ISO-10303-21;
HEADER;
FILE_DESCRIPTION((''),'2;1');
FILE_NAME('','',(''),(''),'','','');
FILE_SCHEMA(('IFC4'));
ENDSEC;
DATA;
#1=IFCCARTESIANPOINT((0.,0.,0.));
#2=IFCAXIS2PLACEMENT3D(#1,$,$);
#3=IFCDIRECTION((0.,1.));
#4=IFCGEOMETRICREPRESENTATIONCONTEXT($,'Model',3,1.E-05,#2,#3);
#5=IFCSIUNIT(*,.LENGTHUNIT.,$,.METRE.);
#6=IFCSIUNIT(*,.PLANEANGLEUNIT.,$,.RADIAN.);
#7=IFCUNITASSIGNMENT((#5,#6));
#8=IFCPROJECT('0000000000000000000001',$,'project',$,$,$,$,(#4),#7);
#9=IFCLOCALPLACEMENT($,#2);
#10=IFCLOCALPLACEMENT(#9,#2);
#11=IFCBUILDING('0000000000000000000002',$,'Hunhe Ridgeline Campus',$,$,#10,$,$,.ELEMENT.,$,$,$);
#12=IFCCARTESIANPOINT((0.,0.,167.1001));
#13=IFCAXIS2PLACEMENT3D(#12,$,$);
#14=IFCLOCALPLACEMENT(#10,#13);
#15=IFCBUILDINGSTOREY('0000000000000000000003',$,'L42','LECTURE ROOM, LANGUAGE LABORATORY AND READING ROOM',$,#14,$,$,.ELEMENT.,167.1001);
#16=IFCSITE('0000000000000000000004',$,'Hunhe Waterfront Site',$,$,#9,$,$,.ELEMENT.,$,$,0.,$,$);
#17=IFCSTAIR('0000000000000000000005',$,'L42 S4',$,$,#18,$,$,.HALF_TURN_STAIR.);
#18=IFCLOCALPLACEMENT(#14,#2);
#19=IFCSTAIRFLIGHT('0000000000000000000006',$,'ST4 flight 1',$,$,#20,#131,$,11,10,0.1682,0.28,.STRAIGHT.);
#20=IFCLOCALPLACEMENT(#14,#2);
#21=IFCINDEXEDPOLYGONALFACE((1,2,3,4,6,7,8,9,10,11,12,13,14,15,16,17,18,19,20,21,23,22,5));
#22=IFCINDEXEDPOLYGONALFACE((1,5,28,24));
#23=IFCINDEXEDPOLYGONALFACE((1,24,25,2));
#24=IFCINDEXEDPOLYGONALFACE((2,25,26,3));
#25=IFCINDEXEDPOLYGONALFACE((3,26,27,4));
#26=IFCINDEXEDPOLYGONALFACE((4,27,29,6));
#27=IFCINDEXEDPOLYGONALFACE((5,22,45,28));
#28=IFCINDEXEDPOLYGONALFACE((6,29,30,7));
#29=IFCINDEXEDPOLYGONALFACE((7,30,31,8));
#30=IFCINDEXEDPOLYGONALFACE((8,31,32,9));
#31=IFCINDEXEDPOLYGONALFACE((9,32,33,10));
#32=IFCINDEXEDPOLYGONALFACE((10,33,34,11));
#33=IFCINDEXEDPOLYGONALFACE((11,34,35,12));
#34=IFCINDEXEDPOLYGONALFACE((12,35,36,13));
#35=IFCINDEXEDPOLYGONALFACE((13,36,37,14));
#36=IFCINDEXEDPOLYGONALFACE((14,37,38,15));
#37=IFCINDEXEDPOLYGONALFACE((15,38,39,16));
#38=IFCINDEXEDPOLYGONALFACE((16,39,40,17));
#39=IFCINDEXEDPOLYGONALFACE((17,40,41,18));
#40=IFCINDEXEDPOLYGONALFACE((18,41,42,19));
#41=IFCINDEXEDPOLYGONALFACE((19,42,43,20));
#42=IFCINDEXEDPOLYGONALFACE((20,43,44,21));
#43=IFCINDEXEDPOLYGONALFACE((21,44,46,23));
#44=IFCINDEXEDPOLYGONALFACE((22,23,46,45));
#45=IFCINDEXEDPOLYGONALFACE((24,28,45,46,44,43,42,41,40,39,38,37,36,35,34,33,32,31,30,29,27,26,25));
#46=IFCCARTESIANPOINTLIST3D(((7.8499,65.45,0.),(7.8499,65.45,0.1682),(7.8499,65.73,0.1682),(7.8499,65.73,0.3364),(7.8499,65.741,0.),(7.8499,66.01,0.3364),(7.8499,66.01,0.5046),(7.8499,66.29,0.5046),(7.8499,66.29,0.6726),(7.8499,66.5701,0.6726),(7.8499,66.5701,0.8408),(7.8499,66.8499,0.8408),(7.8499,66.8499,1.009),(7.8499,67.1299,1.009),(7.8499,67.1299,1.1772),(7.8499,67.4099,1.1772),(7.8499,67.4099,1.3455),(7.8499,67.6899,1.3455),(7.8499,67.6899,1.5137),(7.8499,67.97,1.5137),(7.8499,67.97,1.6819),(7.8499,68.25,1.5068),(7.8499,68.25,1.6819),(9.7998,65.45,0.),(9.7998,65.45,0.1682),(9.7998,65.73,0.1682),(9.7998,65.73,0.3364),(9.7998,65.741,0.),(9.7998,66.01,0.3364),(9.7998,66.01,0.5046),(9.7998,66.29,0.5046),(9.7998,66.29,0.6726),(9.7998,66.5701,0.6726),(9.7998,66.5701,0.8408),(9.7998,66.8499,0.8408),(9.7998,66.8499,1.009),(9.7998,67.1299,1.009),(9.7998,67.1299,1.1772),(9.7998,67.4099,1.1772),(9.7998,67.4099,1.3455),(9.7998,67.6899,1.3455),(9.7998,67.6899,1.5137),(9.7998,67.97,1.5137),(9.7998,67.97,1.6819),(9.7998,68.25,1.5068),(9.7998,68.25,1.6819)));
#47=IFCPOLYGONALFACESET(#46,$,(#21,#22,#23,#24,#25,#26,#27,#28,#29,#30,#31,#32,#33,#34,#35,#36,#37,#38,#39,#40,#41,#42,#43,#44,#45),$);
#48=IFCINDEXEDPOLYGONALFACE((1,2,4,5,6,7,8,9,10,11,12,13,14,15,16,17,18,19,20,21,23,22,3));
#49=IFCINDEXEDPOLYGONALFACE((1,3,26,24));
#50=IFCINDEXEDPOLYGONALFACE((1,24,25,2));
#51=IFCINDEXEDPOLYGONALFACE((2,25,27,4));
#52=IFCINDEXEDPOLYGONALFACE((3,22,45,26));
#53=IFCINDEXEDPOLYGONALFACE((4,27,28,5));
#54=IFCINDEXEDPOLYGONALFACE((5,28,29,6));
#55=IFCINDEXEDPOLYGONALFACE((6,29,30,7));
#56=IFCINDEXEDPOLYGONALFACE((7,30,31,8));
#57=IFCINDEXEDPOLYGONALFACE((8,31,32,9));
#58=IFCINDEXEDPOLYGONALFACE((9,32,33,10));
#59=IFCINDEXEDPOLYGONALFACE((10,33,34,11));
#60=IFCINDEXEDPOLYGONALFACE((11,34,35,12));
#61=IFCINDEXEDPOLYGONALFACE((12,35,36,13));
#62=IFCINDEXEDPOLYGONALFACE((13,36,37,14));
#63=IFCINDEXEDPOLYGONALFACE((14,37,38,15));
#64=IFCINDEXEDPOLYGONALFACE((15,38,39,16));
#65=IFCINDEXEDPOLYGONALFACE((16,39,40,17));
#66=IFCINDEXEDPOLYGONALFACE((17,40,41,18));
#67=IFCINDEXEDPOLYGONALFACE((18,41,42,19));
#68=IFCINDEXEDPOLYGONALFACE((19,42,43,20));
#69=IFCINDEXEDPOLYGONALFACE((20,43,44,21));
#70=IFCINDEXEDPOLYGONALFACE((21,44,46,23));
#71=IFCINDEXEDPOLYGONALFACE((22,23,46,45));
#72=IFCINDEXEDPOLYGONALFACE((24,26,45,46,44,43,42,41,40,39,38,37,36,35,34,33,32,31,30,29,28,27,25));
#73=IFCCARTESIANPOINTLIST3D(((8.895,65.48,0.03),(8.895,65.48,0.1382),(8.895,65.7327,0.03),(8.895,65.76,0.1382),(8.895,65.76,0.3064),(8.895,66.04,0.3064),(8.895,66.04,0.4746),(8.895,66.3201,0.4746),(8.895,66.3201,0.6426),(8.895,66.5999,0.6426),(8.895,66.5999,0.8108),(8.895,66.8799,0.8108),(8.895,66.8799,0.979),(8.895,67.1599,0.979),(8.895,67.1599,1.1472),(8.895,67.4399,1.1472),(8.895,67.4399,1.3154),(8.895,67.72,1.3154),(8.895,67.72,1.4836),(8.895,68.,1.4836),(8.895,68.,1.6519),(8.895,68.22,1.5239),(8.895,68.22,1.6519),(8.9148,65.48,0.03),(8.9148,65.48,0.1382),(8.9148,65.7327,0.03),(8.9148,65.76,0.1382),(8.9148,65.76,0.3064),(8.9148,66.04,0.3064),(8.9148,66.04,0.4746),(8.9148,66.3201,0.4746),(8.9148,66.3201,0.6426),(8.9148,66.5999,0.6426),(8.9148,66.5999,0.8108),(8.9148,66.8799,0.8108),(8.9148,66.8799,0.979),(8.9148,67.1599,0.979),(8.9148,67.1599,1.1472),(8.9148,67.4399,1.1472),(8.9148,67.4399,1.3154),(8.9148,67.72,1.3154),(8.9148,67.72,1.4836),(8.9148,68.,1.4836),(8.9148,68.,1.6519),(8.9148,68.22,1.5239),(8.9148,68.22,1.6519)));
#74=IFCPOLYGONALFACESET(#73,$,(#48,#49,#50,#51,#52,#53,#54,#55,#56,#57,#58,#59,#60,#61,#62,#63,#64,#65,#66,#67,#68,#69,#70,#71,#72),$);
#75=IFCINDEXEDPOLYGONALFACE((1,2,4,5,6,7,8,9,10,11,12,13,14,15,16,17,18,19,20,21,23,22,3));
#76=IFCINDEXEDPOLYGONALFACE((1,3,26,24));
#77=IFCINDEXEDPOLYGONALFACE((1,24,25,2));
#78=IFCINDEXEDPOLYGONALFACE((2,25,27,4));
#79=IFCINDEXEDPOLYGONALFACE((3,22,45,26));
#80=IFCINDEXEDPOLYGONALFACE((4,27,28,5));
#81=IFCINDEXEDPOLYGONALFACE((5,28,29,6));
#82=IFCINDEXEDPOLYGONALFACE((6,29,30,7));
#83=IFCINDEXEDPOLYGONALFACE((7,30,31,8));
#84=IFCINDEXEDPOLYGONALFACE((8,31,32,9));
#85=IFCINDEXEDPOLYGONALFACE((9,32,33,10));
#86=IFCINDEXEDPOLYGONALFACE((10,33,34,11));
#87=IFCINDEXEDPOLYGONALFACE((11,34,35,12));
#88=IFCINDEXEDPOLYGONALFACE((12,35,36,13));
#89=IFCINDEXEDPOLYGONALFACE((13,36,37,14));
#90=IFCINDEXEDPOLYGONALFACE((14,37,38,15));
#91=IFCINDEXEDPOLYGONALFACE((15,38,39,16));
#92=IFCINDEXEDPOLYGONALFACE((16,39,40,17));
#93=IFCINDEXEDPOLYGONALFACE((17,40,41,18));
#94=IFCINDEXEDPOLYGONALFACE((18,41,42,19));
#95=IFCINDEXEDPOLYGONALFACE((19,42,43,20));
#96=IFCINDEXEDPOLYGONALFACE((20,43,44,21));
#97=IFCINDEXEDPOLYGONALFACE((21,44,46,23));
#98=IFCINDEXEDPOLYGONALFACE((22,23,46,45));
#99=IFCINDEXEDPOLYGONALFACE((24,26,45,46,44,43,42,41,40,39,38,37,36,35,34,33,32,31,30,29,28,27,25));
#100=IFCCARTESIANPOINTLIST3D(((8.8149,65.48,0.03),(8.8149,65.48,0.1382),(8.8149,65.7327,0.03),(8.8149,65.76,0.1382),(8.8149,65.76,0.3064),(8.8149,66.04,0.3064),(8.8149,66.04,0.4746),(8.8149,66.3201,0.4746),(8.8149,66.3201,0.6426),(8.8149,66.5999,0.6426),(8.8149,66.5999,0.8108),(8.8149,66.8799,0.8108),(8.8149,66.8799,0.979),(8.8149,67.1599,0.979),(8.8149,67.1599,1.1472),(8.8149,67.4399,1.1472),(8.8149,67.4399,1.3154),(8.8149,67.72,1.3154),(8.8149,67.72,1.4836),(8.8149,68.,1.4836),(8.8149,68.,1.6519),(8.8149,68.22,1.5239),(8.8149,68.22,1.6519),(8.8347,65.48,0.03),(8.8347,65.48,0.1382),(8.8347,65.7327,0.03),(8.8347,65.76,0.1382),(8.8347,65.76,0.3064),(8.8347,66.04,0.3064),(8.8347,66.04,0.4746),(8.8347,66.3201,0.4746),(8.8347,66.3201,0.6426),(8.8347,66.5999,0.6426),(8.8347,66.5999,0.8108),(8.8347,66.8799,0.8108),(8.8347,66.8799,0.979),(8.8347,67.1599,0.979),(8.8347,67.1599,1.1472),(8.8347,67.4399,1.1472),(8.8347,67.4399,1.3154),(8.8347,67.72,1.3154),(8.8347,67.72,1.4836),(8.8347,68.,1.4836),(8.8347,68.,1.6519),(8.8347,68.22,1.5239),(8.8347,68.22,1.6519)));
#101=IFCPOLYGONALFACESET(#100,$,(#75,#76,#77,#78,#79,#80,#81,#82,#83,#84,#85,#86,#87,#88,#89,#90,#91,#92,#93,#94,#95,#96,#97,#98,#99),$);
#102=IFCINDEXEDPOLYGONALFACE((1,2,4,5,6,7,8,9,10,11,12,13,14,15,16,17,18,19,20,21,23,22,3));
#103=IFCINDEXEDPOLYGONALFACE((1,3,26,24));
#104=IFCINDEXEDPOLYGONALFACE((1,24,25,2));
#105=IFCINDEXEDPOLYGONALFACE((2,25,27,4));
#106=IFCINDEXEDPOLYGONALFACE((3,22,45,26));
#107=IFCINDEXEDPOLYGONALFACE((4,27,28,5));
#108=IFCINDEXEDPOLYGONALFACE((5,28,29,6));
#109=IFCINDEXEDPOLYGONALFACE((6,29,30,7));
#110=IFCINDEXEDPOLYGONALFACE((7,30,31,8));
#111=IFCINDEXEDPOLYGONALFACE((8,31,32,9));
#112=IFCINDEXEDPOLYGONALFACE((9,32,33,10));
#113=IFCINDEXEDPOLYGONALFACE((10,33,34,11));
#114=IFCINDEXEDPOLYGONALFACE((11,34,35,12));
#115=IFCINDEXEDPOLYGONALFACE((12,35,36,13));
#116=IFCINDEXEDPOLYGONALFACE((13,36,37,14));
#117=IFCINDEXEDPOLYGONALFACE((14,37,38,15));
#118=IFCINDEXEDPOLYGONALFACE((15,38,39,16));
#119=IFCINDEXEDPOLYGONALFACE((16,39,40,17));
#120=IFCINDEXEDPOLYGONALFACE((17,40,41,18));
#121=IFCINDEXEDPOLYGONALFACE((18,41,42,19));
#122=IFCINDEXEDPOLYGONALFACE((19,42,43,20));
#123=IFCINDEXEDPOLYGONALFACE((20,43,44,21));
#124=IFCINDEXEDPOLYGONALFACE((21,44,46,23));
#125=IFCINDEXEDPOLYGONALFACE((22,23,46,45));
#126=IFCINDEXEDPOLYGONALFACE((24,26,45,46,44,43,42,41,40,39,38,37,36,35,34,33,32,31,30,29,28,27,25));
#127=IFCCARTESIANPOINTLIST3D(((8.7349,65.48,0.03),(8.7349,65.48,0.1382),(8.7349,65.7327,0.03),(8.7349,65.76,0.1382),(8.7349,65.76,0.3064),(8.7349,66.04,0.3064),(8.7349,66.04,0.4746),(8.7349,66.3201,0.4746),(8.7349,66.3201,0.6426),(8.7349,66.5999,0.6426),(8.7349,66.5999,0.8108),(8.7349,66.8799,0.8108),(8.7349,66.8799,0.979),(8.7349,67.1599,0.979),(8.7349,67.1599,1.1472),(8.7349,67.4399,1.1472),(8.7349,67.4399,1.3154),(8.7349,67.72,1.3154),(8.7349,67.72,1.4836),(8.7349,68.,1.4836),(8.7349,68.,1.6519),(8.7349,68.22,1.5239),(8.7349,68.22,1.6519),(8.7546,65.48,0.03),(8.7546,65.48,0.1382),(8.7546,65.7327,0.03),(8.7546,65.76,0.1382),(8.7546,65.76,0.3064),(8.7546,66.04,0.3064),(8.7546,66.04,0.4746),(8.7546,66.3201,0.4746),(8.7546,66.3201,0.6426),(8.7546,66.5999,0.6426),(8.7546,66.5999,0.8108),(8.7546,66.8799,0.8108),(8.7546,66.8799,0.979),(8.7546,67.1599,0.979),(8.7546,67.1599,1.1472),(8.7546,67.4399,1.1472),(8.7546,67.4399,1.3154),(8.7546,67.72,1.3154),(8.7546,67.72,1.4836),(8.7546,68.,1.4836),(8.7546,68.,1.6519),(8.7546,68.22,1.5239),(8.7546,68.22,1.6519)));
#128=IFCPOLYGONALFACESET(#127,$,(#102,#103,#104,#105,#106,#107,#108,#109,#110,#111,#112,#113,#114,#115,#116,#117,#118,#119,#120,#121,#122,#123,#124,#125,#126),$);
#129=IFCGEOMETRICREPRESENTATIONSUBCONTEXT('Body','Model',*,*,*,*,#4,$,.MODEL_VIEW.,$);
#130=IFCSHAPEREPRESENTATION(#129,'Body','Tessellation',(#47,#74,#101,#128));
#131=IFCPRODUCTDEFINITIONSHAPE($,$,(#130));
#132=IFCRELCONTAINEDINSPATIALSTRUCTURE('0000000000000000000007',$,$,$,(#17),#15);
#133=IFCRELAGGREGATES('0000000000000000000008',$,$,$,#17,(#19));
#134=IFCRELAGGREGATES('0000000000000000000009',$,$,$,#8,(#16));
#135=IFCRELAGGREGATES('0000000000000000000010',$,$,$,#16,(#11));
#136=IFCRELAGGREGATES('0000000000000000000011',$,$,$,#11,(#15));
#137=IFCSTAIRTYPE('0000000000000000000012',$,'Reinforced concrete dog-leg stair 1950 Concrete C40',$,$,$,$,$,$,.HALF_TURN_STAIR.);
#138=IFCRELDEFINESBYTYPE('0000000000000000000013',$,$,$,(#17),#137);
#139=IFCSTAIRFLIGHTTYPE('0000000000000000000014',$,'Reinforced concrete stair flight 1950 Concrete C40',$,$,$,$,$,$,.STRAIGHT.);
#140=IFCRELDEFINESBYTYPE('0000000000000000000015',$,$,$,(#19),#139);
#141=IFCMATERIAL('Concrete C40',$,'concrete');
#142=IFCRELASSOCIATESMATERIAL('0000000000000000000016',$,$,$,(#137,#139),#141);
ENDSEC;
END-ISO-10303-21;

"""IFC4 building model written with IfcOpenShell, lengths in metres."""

from ifc_helpers import new_model, si_unit, direction, frame, origin, place, context, subcontext, project, spatial, polyline, outline, extrude, material, type_object, element, aggregate, save


model = new_model("IFC4")

# Units and contexts
model_context = context("Model", 3, precision=1e-05, world=origin(), true_north=direction((0.0, 1.0)))
body_context = subcontext(model_context, "Body", "Model", "MODEL_VIEW")
ifc_project = project(units=[si_unit("LENGTHUNIT", "METRE"), si_unit("PLANEANGLEUNIT", "RADIAN")], contexts=[model_context])

# Site, building, storey
site_placement = place(None, origin())
site = spatial("IfcSite", under=ifc_project, at=site_placement, Name="Hunhe Waterfront Site", CompositionType="ELEMENT", RefElevation=0.0)
building_placement = place(site_placement, origin())
building = spatial("IfcBuilding", under=site, at=building_placement, Name="Hunhe Ridgeline Campus", CompositionType="ELEMENT")
storey_placement = place(building_placement, frame((0.0, 0.0, 167.1001)))
storey = spatial("IfcBuildingStorey", under=building, at=storey_placement, Name="L42", Description="LECTURE ROOM, LANGUAGE LABORATORY AND READING ROOM", CompositionType="ELEMENT", Elevation=167.1001)

# Stair, stair flight
ifc_material_1 = material(Name="Concrete C40", Category="concrete")
stair_type = type_object("IfcStairType", Name="Reinforced concrete dog-leg stair 1950 Concrete C40", PredefinedType="HALF_TURN_STAIR", material=ifc_material_1)
stair_flight_type = type_object("IfcStairFlightType", Name="Reinforced concrete stair flight 1950 Concrete C40", PredefinedType="STRAIGHT", material=ifc_material_1)
stair_1_placement = place(storey_placement, origin())
stair_1 = element("IfcStair", 1, at=stair_1_placement, inside=storey, type_object=stair_type, Name="L42 S4", PredefinedType="HALF_TURN_STAIR")
stair_flight_1_placement = place(storey_placement, frame((8.825, 65.45, 0.0), z_axis=(0.0, 0.0, 1.0), x_axis=(0.0, 1.0, 0.0)))
stair_flight_1 = element("IfcStairFlight", 2, at=stair_flight_1_placement, type_object=stair_flight_type, Name="ST4 flight 1", NumberOfRisers=11, NumberOfTreads=10, PredefinedType="STRAIGHT", RiserHeight=0.1682, TreadLength=0.28, context=body_context, shape_type="SweptSolid", body=[
    extrude(outline(polyline([(0.0, 0.0), (0.0, 0.1682), (0.28, 0.1682), (0.28, 0.3364), (0.5601, 0.3364), (0.5601, 0.5046), (0.8401, 0.5046), (0.8401, 0.6726), (1.1201, 0.6726), (1.1201, 0.8408), (1.3999, 0.8408), (1.3999, 1.009), (1.6799, 1.009), (1.6799, 1.1772), (1.96, 1.1772), (1.96, 1.3455), (2.24, 1.3455), (2.24, 1.5137), (2.52, 1.5137), (2.52, 1.6819), (2.8, 1.6819), (2.8, 1.8501), (2.8, 1.5068), (0.291, 0.0), (0.0, 0.0)])), frame((0.0, 0.9751, 0.0), z_axis=(0.0, -1.0, 0.0), x_axis=(1.0, 0.0, 0.0)), (0.0, 0.0, 1.0), 1.95),
    extrude(outline(polyline([(0.03, 0.03), (0.03, 0.1382), (0.3101, 0.1382), (0.3101, 0.3064), (0.5901, 0.3064), (0.5901, 0.4746), (0.8701, 0.4746), (0.8701, 0.6426), (1.1499, 0.6426), (1.1499, 0.8108), (1.4299, 0.8108), (1.4299, 0.979), (1.71, 0.979), (1.71, 1.1472), (1.99, 1.1472), (1.99, 1.3154), (2.27, 1.3154), (2.27, 1.4836), (2.55, 1.4836), (2.55, 1.6519), (2.77, 1.6519), (2.77, 1.5239), (0.2827, 0.03), (0.03, 0.03)])), frame((0.0, -0.0701, 0.0), z_axis=(0.0, -1.0, 0.0), x_axis=(1.0, 0.0, 0.0)), (0.0, 0.0, 1.0), 0.0198),
    extrude(outline(polyline([(0.03, 0.03), (0.03, 0.1382), (0.3101, 0.1382), (0.3101, 0.3064), (0.5901, 0.3064), (0.5901, 0.4746), (0.8701, 0.4746), (0.8701, 0.6426), (1.1499, 0.6426), (1.1499, 0.8108), (1.4299, 0.8108), (1.4299, 0.979), (1.71, 0.979), (1.71, 1.1472), (1.99, 1.1472), (1.99, 1.3154), (2.27, 1.3154), (2.27, 1.4836), (2.55, 1.4836), (2.55, 1.6519), (2.77, 1.6519), (2.77, 1.5239), (0.2827, 0.03), (0.03, 0.03)])), frame((0.0, 0.01, 0.0), z_axis=(0.0, -1.0, 0.0), x_axis=(1.0, 0.0, 0.0)), (0.0, 0.0, 1.0), 0.0198),
    extrude(outline(polyline([(0.03, 0.03), (0.03, 0.1382), (0.3101, 0.1382), (0.3101, 0.3064), (0.5901, 0.3064), (0.5901, 0.4746), (0.8701, 0.4746), (0.8701, 0.6426), (1.1499, 0.6426), (1.1499, 0.8108), (1.4299, 0.8108), (1.4299, 0.979), (1.71, 0.979), (1.71, 1.1472), (1.99, 1.1472), (1.99, 1.3154), (2.27, 1.3154), (2.27, 1.4836), (2.55, 1.4836), (2.55, 1.6519), (2.77, 1.6519), (2.77, 1.5239), (0.2827, 0.03), (0.03, 0.03)])), frame((0.0, 0.0901, 0.0), z_axis=(0.0, -1.0, 0.0), x_axis=(1.0, 0.0, 0.0)), (0.0, 0.0, 1.0), 0.0198),
])
aggregate(stair_1, [stair_flight_1])

save(model, "model.ifc")
